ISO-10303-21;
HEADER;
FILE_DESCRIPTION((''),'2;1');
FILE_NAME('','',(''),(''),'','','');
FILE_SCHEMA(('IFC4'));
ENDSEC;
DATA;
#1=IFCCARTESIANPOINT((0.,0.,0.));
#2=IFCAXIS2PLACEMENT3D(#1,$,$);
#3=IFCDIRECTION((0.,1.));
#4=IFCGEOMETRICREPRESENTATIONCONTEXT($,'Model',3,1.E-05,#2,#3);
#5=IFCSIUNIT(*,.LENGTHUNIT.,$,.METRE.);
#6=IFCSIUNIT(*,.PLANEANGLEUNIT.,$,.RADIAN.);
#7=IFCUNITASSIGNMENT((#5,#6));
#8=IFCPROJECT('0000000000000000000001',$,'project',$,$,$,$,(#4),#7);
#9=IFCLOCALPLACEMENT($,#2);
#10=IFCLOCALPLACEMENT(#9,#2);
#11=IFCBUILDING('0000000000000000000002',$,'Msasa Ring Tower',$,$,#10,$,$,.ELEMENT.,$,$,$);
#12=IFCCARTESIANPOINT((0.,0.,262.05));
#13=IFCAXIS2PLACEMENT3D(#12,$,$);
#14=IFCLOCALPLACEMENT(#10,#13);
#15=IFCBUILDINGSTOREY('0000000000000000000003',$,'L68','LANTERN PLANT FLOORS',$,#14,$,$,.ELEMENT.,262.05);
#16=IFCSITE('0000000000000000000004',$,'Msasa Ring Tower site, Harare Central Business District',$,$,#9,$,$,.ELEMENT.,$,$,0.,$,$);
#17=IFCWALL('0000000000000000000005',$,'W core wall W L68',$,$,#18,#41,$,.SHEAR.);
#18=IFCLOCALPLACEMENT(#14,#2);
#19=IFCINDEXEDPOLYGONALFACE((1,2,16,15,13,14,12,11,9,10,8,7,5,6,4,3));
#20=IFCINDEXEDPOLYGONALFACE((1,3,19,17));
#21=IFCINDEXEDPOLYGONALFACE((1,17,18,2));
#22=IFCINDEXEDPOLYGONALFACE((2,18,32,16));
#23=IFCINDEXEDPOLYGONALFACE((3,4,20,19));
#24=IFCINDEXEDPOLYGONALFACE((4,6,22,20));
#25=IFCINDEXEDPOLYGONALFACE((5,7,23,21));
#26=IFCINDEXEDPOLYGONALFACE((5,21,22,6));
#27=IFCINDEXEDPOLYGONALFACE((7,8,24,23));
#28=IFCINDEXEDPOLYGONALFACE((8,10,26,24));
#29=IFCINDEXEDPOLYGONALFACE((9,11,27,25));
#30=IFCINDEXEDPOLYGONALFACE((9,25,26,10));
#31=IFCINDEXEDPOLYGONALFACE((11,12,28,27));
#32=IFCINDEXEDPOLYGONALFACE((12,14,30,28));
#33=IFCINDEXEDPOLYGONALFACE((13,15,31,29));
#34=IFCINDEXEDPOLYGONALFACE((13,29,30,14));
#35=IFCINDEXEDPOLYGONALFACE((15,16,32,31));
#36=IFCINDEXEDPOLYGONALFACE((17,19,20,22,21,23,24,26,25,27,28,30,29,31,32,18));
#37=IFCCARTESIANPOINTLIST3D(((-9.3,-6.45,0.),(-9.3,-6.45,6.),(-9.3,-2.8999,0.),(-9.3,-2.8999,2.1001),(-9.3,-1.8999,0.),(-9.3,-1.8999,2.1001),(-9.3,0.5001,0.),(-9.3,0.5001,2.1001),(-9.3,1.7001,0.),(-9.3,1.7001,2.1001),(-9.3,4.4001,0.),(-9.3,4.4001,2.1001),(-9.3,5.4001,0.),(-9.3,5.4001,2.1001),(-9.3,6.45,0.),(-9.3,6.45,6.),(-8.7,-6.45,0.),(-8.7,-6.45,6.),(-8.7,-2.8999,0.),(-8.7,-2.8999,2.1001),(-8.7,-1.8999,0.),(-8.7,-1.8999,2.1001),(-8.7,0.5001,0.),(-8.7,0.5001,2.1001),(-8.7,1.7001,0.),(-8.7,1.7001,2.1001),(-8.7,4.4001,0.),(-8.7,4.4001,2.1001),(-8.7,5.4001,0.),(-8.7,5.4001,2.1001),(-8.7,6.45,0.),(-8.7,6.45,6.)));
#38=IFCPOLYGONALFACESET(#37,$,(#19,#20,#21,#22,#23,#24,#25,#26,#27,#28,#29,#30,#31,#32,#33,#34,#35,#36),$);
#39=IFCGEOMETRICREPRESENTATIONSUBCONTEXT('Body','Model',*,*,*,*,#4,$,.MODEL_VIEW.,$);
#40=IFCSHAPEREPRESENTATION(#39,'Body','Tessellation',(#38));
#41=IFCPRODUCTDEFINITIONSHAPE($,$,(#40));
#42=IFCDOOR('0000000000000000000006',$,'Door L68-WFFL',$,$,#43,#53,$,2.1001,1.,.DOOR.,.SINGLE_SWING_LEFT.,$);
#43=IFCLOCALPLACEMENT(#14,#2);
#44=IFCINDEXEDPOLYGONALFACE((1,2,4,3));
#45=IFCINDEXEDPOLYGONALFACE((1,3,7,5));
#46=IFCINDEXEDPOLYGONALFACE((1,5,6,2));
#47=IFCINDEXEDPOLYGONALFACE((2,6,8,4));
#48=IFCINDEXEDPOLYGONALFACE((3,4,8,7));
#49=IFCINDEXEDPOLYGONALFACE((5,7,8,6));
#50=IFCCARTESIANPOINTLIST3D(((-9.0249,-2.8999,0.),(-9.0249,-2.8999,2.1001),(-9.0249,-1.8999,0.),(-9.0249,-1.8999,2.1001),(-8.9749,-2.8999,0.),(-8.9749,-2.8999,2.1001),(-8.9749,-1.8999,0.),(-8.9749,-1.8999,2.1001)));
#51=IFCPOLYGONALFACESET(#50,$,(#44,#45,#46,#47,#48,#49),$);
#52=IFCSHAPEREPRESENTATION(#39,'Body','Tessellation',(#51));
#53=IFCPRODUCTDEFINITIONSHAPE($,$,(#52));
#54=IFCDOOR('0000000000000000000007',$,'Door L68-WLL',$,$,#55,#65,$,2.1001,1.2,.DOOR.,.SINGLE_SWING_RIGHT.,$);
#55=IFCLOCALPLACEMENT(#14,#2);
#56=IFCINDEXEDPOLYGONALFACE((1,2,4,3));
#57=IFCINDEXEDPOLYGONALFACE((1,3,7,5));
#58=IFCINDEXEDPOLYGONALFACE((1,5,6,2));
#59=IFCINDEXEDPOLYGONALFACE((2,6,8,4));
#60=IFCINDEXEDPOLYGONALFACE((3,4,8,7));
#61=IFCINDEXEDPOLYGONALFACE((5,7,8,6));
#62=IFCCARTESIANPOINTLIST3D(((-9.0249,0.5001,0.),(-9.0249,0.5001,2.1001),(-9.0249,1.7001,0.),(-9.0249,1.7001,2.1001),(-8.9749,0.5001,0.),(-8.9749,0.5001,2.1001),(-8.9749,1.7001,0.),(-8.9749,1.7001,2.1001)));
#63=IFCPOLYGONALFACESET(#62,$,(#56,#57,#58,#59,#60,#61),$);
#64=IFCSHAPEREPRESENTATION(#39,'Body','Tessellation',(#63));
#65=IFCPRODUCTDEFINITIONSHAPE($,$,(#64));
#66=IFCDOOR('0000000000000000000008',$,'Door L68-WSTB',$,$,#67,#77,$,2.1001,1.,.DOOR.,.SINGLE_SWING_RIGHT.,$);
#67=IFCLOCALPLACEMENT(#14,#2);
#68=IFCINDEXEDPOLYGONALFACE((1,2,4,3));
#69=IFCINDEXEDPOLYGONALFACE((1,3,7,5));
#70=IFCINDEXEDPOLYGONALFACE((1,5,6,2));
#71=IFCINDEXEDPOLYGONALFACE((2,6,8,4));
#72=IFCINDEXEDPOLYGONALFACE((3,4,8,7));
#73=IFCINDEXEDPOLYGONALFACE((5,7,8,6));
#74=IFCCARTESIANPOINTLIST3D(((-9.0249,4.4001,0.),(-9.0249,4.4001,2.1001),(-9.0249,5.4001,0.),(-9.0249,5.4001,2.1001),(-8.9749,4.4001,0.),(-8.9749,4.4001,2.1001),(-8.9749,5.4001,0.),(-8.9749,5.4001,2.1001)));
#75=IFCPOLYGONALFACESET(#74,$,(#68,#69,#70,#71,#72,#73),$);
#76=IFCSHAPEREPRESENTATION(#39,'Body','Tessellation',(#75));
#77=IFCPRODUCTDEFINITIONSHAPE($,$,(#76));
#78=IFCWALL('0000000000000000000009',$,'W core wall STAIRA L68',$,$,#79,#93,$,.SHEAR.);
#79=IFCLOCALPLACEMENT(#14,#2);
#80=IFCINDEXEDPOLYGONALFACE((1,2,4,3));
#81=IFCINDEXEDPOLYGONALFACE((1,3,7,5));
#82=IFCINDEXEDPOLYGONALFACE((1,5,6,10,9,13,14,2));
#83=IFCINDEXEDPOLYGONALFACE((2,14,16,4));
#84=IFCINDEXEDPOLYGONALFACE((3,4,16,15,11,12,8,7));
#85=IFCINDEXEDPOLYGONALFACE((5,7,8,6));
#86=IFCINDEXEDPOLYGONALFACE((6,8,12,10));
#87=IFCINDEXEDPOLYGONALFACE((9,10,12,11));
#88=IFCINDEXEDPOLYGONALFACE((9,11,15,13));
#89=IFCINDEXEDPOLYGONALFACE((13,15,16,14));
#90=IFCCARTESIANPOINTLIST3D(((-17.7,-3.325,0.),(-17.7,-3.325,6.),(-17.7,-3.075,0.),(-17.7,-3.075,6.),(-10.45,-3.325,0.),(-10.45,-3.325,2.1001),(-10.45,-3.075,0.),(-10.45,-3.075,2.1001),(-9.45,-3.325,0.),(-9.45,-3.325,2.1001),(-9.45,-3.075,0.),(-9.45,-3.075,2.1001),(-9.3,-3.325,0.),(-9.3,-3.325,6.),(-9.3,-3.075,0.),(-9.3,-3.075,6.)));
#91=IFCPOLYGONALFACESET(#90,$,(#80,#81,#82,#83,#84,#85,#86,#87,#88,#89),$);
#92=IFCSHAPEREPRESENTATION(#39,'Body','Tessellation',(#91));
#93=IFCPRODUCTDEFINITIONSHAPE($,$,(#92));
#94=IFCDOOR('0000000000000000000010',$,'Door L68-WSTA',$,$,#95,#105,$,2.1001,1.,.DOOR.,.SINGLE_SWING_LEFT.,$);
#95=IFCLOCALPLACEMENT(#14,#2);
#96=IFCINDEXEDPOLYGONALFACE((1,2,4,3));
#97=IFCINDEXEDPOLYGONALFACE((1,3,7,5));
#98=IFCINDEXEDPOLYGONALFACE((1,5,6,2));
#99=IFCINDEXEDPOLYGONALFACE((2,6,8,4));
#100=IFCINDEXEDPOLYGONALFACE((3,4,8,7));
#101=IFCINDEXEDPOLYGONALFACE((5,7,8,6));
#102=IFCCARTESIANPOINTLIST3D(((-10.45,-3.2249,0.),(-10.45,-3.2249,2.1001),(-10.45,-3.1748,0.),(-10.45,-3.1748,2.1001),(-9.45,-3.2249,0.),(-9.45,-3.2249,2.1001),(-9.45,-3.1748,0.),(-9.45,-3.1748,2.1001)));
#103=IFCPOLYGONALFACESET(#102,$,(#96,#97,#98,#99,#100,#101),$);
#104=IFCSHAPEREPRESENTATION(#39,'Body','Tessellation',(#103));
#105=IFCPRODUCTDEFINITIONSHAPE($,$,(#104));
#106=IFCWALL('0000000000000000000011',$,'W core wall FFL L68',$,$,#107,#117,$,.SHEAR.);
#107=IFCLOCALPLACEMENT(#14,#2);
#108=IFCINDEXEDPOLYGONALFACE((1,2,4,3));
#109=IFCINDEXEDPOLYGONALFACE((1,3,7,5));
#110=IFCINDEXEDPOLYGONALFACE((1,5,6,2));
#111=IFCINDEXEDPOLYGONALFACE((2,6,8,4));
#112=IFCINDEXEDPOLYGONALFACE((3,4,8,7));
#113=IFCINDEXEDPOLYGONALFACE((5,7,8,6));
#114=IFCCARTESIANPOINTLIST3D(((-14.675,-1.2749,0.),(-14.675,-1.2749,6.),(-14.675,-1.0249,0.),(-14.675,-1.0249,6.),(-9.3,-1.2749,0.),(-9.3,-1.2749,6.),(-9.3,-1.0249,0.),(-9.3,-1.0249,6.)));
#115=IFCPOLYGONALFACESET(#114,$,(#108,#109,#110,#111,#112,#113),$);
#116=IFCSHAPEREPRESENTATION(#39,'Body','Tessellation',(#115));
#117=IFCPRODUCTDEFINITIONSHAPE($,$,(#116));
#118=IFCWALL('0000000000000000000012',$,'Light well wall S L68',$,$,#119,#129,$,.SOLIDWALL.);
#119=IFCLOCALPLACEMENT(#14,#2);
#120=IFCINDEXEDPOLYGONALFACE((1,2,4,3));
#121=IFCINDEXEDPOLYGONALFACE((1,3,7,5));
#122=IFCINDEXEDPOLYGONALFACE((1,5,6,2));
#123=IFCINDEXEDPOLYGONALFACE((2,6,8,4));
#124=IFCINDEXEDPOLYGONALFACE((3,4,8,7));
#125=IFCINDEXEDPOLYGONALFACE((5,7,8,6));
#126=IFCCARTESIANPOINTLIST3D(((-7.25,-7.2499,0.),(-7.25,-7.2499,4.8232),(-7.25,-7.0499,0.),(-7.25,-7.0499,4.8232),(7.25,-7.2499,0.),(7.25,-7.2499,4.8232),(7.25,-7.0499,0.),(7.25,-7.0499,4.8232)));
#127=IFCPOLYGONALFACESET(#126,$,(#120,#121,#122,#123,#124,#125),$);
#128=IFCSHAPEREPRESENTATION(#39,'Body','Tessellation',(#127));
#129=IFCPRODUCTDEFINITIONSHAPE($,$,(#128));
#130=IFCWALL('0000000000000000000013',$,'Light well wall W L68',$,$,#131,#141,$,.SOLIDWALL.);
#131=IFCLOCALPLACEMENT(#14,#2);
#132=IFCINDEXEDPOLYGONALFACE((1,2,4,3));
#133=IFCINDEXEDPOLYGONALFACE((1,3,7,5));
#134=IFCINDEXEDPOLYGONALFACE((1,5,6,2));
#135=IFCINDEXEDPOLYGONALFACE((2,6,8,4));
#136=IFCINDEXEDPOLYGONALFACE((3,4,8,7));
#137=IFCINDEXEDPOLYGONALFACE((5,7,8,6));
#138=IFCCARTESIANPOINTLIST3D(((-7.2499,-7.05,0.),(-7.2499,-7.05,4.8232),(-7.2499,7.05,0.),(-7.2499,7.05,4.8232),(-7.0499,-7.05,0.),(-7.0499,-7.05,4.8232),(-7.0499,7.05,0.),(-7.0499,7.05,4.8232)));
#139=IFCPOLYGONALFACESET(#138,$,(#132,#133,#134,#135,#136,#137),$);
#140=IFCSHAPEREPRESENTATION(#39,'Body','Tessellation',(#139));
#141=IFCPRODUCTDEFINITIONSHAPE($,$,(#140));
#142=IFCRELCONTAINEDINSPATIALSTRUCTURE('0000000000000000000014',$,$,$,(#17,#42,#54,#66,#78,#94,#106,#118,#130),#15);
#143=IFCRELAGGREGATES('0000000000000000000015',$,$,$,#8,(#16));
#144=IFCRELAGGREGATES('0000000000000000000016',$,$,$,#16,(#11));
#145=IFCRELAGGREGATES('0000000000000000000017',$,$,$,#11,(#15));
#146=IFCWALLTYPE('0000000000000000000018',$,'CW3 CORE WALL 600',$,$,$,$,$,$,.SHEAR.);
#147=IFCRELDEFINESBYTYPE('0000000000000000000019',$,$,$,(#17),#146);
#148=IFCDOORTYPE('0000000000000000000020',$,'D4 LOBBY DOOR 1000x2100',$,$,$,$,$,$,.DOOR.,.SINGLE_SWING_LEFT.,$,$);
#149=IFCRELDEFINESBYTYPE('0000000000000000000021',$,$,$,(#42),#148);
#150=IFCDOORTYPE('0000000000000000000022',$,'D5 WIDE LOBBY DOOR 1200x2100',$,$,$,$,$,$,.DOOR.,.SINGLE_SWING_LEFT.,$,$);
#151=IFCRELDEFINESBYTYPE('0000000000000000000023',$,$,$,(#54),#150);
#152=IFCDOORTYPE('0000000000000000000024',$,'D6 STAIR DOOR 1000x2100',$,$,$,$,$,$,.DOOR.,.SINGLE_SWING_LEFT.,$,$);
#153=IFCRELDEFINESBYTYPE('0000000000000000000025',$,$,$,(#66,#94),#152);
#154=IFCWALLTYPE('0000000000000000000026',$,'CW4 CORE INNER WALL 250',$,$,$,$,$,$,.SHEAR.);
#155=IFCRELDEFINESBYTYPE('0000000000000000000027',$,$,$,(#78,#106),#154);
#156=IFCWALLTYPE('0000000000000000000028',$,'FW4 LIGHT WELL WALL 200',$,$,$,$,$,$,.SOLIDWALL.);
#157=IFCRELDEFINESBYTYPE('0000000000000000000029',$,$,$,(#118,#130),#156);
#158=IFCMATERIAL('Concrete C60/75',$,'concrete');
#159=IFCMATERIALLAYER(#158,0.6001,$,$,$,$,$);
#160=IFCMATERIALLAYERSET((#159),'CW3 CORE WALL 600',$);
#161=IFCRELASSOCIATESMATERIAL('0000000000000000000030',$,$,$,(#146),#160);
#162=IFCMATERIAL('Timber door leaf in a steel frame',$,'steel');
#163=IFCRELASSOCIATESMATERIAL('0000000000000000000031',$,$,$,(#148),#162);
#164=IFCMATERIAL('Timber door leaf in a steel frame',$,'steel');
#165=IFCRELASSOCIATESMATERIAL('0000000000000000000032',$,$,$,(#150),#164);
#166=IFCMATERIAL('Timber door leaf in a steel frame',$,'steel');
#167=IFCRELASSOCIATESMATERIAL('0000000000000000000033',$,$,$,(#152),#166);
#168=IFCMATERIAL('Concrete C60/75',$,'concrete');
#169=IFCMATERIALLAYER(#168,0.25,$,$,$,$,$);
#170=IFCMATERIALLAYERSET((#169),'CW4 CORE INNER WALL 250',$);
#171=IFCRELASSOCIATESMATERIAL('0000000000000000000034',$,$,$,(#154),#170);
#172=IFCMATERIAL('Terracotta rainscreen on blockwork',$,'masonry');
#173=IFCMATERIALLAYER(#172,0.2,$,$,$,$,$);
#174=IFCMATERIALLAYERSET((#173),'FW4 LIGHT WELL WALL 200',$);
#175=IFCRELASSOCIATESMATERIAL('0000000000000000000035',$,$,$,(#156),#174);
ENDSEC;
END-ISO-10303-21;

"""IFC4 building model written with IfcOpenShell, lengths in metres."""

from ifc_helpers import new_model, si_unit, direction, frame, frame_2d, origin, place, context, subcontext, project, spatial, rectangle, extrude, material, layer, layer_set, type_object, element, fill, save


model = new_model("IFC4")

# Units and contexts
model_context = context("Model", 3, precision=1e-05, world=origin(), true_north=direction((0.0, 1.0)))
body_context = subcontext(model_context, "Body", "Model", "MODEL_VIEW")
ifc_project = project(units=[si_unit("LENGTHUNIT", "METRE"), si_unit("PLANEANGLEUNIT", "RADIAN")], contexts=[model_context])

# Site, building, storey
site_placement = place(None, origin())
site = spatial("IfcSite", under=ifc_project, at=site_placement, Name="Msasa Ring Tower site, Harare Central Business District", CompositionType="ELEMENT", RefElevation=0.0)
building_placement = place(site_placement, origin())
building = spatial("IfcBuilding", under=site, at=building_placement, Name="Msasa Ring Tower", CompositionType="ELEMENT")
storey_placement = place(building_placement, frame((0.0, 0.0, 262.05)))
storey = spatial("IfcBuildingStorey", under=building, at=storey_placement, Name="L68", Description="LANTERN PLANT FLOORS", CompositionType="ELEMENT", Elevation=262.05)

# Shared definitions
ifc_material_1 = material(Name="Concrete C60/75", Category="concrete")
ifc_layer_1 = layer(ifc_material_1, 0.6001)
ifc_layer_set_1 = layer_set([ifc_layer_1], Name="CW3 CORE WALL 600")
wall_type_1 = type_object("IfcWallType", Name="CW3 CORE WALL 600", PredefinedType="SHEAR", material=ifc_layer_set_1)

# Wall, openings, doors
wall_1_placement = place(storey_placement, frame((-9.0, -6.45, 0.0), z_axis=(0.0, 0.0, 1.0), x_axis=(0.0, 1.0, 0.0)))
wall_1 = element("IfcWall", 1, at=wall_1_placement, inside=storey, type_object=wall_type_1, Name="W core wall W L68", PredefinedType="SHEAR", context=body_context, shape_type="SweptSolid", body=[
    extrude(rectangle(XDim=12.8999, YDim=0.6001, at=frame_2d((6.45, 0.0))), origin(), (0.0, 0.0, 1.0), 6.0),
])
opening_1_placement = place(wall_1_placement, frame((3.55, 0.0, 0.0)))
opening_1 = element("IfcOpeningElement", 2, at=opening_1_placement, cuts=wall_1, PredefinedType="OPENING", context=body_context, shape_type="SweptSolid", body=[
    extrude(rectangle(XDim=1.0, YDim=2.1001, at=frame_2d((0.5, 1.05))), frame((0.0, 0.3101, 0.0), z_axis=(0.0, -1.0, 0.0), x_axis=(1.0, 0.0, 0.0)), (0.0, 0.0, 1.0), 0.6201),
])
opening_2_placement = place(wall_1_placement, frame((6.95, 0.0, 0.0)))
opening_2 = element("IfcOpeningElement", 3, at=opening_2_placement, cuts=wall_1, PredefinedType="OPENING", context=body_context, shape_type="SweptSolid", body=[
    extrude(rectangle(XDim=1.2, YDim=2.1001, at=frame_2d((0.6001, 1.05))), frame((0.0, 0.3101, 0.0), z_axis=(0.0, -1.0, 0.0), x_axis=(1.0, 0.0, 0.0)), (0.0, 0.0, 1.0), 0.6201),
])
opening_3_placement = place(wall_1_placement, frame((10.8501, 0.0, 0.0)))
opening_3 = element("IfcOpeningElement", 4, at=opening_3_placement, cuts=wall_1, PredefinedType="OPENING", context=body_context, shape_type="SweptSolid", body=[
    extrude(rectangle(XDim=1.0, YDim=2.1001, at=frame_2d((0.5, 1.05))), frame((0.0, 0.3101, 0.0), z_axis=(0.0, -1.0, 0.0), x_axis=(1.0, 0.0, 0.0)), (0.0, 0.0, 1.0), 0.6201),
])
ifc_material_2 = material(Name="Timber door leaf in a steel frame", Category="steel")
door_type_1 = type_object("IfcDoorType", Name="D4 LOBBY DOOR 1000x2100", OperationType="SINGLE_SWING_LEFT", PredefinedType="DOOR", material=ifc_material_2)
door_1_placement = place(opening_1_placement, origin())
door_1 = element("IfcDoor", 5, at=door_1_placement, inside=storey, type_object=door_type_1, Name="Door L68-WFFL", OperationType="SINGLE_SWING_LEFT", OverallHeight=2.1001, OverallWidth=1.0, PredefinedType="DOOR", context=body_context, shape_type="SweptSolid", body=[
    extrude(rectangle(XDim=1.0, YDim=2.1001, at=frame_2d((0.5, 1.05))), frame((0.0, 0.0249, 0.0), z_axis=(0.0, -1.0, 0.0), x_axis=(1.0, 0.0, 0.0)), (0.0, 0.0, 1.0), 0.05),
])
fill(opening_1, door_1)
ifc_material_3 = material(Name="Timber door leaf in a steel frame", Category="steel")
door_type_2 = type_object("IfcDoorType", Name="D5 WIDE LOBBY DOOR 1200x2100", OperationType="SINGLE_SWING_LEFT", PredefinedType="DOOR", material=ifc_material_3)
door_2_placement = place(opening_2_placement, origin())
door_2 = element("IfcDoor", 6, at=door_2_placement, inside=storey, type_object=door_type_2, Name="Door L68-WLL", OperationType="SINGLE_SWING_RIGHT", OverallHeight=2.1001, OverallWidth=1.2, PredefinedType="DOOR", context=body_context, shape_type="SweptSolid", body=[
    extrude(rectangle(XDim=1.2, YDim=2.1001, at=frame_2d((0.6001, 1.05))), frame((0.0, 0.0249, 0.0), z_axis=(0.0, -1.0, 0.0), x_axis=(1.0, 0.0, 0.0)), (0.0, 0.0, 1.0), 0.05),
])
fill(opening_2, door_2)
ifc_material_4 = material(Name="Timber door leaf in a steel frame", Category="steel")
door_type_3 = type_object("IfcDoorType", Name="D6 STAIR DOOR 1000x2100", OperationType="SINGLE_SWING_LEFT", PredefinedType="DOOR", material=ifc_material_4)
door_3_placement = place(opening_3_placement, origin())
door_3 = element("IfcDoor", 7, at=door_3_placement, inside=storey, type_object=door_type_3, Name="Door L68-WSTB", OperationType="SINGLE_SWING_RIGHT", OverallHeight=2.1001, OverallWidth=1.0, PredefinedType="DOOR", context=body_context, shape_type="SweptSolid", body=[
    extrude(rectangle(XDim=1.0, YDim=2.1001, at=frame_2d((0.5, 1.05))), frame((0.0, 0.0249, 0.0), z_axis=(0.0, -1.0, 0.0), x_axis=(1.0, 0.0, 0.0)), (0.0, 0.0, 1.0), 0.05),
])
fill(opening_3, door_3)

# Wall, opening, door
ifc_material_5 = material(Name="Concrete C60/75", Category="concrete")
ifc_layer_2 = layer(ifc_material_5, 0.25)
ifc_layer_set_2 = layer_set([ifc_layer_2], Name="CW4 CORE INNER WALL 250")
wall_type_2 = type_object("IfcWallType", Name="CW4 CORE INNER WALL 250", PredefinedType="SHEAR", material=ifc_layer_set_2)
wall_2_placement = place(storey_placement, frame((-9.3, -3.2, 0.0), z_axis=(0.0, 0.0, 1.0), x_axis=(-1.0, 0.0, 0.0)))
wall_2 = element("IfcWall", 8, at=wall_2_placement, inside=storey, type_object=wall_type_2, Name="W core wall STAIRA L68", PredefinedType="SHEAR", context=body_context, shape_type="SweptSolid", body=[
    extrude(rectangle(XDim=8.3999, YDim=0.25, at=frame_2d((4.2, 0.0))), origin(), (0.0, 0.0, 1.0), 6.0),
])
opening_4_placement = place(wall_2_placement, frame((0.1499, 0.0, 0.0)))
opening_4 = element("IfcOpeningElement", 9, at=opening_4_placement, cuts=wall_2, PredefinedType="OPENING", context=body_context, shape_type="SweptSolid", body=[
    extrude(rectangle(XDim=1.0, YDim=2.1001, at=frame_2d((0.5, 1.05))), frame((0.0, 0.135, 0.0), z_axis=(0.0, -1.0, 0.0), x_axis=(1.0, 0.0, 0.0)), (0.0, 0.0, 1.0), 0.27),
])
door_4_placement = place(opening_4_placement, origin())
door_4 = element("IfcDoor", 10, at=door_4_placement, inside=storey, type_object=door_type_3, Name="Door L68-WSTA", OperationType="SINGLE_SWING_LEFT", OverallHeight=2.1001, OverallWidth=1.0, PredefinedType="DOOR", context=body_context, shape_type="SweptSolid", body=[
    extrude(rectangle(XDim=1.0, YDim=2.1001, at=frame_2d((0.5, 1.05))), frame((0.0, 0.0249, 0.0), z_axis=(0.0, -1.0, 0.0), x_axis=(1.0, 0.0, 0.0)), (0.0, 0.0, 1.0), 0.05),
])
fill(opening_4, door_4)

# Walls
wall_3_placement = place(storey_placement, frame((-9.3, -1.1499, 0.0), z_axis=(0.0, 0.0, 1.0), x_axis=(-1.0, 0.0, 0.0)))
element("IfcWall", 11, at=wall_3_placement, inside=storey, type_object=wall_type_2, Name="W core wall FFL L68", PredefinedType="SHEAR", context=body_context, shape_type="SweptSolid", body=[
    extrude(rectangle(XDim=5.375, YDim=0.25, at=frame_2d((2.6875, 0.0))), origin(), (0.0, 0.0, 1.0), 6.0),
])
ifc_material_6 = material(Name="Terracotta rainscreen on blockwork", Category="masonry")
ifc_layer_3 = layer(ifc_material_6, 0.2)
ifc_layer_set_3 = layer_set([ifc_layer_3], Name="FW4 LIGHT WELL WALL 200")
wall_type_3 = type_object("IfcWallType", Name="FW4 LIGHT WELL WALL 200", PredefinedType="SOLIDWALL", material=ifc_layer_set_3)
wall_4_placement = place(storey_placement, frame((-7.25, -7.1499, 0.0), z_axis=(0.0, 0.0, 1.0), x_axis=(1.0, 0.0, 0.0)))
element("IfcWall", 12, at=wall_4_placement, inside=storey, type_object=wall_type_3, Name="Light well wall S L68", PredefinedType="SOLIDWALL", context=body_context, shape_type="SweptSolid", body=[
    extrude(rectangle(XDim=14.5, YDim=0.2, at=frame_2d((7.25, 0.0))), origin(), (0.0, 0.0, 1.0), 4.8232),
])
wall_5_placement = place(storey_placement, frame((-7.1499, -7.05, 0.0), z_axis=(0.0, 0.0, 1.0), x_axis=(0.0, 1.0, 0.0)))
element("IfcWall", 13, at=wall_5_placement, inside=storey, type_object=wall_type_3, Name="Light well wall W L68", PredefinedType="SOLIDWALL", context=body_context, shape_type="SweptSolid", body=[
    extrude(rectangle(XDim=14.1001, YDim=0.2, at=frame_2d((7.05, 0.0))), origin(), (0.0, 0.0, 1.0), 4.8232),
])

save(model, "model.ifc")
